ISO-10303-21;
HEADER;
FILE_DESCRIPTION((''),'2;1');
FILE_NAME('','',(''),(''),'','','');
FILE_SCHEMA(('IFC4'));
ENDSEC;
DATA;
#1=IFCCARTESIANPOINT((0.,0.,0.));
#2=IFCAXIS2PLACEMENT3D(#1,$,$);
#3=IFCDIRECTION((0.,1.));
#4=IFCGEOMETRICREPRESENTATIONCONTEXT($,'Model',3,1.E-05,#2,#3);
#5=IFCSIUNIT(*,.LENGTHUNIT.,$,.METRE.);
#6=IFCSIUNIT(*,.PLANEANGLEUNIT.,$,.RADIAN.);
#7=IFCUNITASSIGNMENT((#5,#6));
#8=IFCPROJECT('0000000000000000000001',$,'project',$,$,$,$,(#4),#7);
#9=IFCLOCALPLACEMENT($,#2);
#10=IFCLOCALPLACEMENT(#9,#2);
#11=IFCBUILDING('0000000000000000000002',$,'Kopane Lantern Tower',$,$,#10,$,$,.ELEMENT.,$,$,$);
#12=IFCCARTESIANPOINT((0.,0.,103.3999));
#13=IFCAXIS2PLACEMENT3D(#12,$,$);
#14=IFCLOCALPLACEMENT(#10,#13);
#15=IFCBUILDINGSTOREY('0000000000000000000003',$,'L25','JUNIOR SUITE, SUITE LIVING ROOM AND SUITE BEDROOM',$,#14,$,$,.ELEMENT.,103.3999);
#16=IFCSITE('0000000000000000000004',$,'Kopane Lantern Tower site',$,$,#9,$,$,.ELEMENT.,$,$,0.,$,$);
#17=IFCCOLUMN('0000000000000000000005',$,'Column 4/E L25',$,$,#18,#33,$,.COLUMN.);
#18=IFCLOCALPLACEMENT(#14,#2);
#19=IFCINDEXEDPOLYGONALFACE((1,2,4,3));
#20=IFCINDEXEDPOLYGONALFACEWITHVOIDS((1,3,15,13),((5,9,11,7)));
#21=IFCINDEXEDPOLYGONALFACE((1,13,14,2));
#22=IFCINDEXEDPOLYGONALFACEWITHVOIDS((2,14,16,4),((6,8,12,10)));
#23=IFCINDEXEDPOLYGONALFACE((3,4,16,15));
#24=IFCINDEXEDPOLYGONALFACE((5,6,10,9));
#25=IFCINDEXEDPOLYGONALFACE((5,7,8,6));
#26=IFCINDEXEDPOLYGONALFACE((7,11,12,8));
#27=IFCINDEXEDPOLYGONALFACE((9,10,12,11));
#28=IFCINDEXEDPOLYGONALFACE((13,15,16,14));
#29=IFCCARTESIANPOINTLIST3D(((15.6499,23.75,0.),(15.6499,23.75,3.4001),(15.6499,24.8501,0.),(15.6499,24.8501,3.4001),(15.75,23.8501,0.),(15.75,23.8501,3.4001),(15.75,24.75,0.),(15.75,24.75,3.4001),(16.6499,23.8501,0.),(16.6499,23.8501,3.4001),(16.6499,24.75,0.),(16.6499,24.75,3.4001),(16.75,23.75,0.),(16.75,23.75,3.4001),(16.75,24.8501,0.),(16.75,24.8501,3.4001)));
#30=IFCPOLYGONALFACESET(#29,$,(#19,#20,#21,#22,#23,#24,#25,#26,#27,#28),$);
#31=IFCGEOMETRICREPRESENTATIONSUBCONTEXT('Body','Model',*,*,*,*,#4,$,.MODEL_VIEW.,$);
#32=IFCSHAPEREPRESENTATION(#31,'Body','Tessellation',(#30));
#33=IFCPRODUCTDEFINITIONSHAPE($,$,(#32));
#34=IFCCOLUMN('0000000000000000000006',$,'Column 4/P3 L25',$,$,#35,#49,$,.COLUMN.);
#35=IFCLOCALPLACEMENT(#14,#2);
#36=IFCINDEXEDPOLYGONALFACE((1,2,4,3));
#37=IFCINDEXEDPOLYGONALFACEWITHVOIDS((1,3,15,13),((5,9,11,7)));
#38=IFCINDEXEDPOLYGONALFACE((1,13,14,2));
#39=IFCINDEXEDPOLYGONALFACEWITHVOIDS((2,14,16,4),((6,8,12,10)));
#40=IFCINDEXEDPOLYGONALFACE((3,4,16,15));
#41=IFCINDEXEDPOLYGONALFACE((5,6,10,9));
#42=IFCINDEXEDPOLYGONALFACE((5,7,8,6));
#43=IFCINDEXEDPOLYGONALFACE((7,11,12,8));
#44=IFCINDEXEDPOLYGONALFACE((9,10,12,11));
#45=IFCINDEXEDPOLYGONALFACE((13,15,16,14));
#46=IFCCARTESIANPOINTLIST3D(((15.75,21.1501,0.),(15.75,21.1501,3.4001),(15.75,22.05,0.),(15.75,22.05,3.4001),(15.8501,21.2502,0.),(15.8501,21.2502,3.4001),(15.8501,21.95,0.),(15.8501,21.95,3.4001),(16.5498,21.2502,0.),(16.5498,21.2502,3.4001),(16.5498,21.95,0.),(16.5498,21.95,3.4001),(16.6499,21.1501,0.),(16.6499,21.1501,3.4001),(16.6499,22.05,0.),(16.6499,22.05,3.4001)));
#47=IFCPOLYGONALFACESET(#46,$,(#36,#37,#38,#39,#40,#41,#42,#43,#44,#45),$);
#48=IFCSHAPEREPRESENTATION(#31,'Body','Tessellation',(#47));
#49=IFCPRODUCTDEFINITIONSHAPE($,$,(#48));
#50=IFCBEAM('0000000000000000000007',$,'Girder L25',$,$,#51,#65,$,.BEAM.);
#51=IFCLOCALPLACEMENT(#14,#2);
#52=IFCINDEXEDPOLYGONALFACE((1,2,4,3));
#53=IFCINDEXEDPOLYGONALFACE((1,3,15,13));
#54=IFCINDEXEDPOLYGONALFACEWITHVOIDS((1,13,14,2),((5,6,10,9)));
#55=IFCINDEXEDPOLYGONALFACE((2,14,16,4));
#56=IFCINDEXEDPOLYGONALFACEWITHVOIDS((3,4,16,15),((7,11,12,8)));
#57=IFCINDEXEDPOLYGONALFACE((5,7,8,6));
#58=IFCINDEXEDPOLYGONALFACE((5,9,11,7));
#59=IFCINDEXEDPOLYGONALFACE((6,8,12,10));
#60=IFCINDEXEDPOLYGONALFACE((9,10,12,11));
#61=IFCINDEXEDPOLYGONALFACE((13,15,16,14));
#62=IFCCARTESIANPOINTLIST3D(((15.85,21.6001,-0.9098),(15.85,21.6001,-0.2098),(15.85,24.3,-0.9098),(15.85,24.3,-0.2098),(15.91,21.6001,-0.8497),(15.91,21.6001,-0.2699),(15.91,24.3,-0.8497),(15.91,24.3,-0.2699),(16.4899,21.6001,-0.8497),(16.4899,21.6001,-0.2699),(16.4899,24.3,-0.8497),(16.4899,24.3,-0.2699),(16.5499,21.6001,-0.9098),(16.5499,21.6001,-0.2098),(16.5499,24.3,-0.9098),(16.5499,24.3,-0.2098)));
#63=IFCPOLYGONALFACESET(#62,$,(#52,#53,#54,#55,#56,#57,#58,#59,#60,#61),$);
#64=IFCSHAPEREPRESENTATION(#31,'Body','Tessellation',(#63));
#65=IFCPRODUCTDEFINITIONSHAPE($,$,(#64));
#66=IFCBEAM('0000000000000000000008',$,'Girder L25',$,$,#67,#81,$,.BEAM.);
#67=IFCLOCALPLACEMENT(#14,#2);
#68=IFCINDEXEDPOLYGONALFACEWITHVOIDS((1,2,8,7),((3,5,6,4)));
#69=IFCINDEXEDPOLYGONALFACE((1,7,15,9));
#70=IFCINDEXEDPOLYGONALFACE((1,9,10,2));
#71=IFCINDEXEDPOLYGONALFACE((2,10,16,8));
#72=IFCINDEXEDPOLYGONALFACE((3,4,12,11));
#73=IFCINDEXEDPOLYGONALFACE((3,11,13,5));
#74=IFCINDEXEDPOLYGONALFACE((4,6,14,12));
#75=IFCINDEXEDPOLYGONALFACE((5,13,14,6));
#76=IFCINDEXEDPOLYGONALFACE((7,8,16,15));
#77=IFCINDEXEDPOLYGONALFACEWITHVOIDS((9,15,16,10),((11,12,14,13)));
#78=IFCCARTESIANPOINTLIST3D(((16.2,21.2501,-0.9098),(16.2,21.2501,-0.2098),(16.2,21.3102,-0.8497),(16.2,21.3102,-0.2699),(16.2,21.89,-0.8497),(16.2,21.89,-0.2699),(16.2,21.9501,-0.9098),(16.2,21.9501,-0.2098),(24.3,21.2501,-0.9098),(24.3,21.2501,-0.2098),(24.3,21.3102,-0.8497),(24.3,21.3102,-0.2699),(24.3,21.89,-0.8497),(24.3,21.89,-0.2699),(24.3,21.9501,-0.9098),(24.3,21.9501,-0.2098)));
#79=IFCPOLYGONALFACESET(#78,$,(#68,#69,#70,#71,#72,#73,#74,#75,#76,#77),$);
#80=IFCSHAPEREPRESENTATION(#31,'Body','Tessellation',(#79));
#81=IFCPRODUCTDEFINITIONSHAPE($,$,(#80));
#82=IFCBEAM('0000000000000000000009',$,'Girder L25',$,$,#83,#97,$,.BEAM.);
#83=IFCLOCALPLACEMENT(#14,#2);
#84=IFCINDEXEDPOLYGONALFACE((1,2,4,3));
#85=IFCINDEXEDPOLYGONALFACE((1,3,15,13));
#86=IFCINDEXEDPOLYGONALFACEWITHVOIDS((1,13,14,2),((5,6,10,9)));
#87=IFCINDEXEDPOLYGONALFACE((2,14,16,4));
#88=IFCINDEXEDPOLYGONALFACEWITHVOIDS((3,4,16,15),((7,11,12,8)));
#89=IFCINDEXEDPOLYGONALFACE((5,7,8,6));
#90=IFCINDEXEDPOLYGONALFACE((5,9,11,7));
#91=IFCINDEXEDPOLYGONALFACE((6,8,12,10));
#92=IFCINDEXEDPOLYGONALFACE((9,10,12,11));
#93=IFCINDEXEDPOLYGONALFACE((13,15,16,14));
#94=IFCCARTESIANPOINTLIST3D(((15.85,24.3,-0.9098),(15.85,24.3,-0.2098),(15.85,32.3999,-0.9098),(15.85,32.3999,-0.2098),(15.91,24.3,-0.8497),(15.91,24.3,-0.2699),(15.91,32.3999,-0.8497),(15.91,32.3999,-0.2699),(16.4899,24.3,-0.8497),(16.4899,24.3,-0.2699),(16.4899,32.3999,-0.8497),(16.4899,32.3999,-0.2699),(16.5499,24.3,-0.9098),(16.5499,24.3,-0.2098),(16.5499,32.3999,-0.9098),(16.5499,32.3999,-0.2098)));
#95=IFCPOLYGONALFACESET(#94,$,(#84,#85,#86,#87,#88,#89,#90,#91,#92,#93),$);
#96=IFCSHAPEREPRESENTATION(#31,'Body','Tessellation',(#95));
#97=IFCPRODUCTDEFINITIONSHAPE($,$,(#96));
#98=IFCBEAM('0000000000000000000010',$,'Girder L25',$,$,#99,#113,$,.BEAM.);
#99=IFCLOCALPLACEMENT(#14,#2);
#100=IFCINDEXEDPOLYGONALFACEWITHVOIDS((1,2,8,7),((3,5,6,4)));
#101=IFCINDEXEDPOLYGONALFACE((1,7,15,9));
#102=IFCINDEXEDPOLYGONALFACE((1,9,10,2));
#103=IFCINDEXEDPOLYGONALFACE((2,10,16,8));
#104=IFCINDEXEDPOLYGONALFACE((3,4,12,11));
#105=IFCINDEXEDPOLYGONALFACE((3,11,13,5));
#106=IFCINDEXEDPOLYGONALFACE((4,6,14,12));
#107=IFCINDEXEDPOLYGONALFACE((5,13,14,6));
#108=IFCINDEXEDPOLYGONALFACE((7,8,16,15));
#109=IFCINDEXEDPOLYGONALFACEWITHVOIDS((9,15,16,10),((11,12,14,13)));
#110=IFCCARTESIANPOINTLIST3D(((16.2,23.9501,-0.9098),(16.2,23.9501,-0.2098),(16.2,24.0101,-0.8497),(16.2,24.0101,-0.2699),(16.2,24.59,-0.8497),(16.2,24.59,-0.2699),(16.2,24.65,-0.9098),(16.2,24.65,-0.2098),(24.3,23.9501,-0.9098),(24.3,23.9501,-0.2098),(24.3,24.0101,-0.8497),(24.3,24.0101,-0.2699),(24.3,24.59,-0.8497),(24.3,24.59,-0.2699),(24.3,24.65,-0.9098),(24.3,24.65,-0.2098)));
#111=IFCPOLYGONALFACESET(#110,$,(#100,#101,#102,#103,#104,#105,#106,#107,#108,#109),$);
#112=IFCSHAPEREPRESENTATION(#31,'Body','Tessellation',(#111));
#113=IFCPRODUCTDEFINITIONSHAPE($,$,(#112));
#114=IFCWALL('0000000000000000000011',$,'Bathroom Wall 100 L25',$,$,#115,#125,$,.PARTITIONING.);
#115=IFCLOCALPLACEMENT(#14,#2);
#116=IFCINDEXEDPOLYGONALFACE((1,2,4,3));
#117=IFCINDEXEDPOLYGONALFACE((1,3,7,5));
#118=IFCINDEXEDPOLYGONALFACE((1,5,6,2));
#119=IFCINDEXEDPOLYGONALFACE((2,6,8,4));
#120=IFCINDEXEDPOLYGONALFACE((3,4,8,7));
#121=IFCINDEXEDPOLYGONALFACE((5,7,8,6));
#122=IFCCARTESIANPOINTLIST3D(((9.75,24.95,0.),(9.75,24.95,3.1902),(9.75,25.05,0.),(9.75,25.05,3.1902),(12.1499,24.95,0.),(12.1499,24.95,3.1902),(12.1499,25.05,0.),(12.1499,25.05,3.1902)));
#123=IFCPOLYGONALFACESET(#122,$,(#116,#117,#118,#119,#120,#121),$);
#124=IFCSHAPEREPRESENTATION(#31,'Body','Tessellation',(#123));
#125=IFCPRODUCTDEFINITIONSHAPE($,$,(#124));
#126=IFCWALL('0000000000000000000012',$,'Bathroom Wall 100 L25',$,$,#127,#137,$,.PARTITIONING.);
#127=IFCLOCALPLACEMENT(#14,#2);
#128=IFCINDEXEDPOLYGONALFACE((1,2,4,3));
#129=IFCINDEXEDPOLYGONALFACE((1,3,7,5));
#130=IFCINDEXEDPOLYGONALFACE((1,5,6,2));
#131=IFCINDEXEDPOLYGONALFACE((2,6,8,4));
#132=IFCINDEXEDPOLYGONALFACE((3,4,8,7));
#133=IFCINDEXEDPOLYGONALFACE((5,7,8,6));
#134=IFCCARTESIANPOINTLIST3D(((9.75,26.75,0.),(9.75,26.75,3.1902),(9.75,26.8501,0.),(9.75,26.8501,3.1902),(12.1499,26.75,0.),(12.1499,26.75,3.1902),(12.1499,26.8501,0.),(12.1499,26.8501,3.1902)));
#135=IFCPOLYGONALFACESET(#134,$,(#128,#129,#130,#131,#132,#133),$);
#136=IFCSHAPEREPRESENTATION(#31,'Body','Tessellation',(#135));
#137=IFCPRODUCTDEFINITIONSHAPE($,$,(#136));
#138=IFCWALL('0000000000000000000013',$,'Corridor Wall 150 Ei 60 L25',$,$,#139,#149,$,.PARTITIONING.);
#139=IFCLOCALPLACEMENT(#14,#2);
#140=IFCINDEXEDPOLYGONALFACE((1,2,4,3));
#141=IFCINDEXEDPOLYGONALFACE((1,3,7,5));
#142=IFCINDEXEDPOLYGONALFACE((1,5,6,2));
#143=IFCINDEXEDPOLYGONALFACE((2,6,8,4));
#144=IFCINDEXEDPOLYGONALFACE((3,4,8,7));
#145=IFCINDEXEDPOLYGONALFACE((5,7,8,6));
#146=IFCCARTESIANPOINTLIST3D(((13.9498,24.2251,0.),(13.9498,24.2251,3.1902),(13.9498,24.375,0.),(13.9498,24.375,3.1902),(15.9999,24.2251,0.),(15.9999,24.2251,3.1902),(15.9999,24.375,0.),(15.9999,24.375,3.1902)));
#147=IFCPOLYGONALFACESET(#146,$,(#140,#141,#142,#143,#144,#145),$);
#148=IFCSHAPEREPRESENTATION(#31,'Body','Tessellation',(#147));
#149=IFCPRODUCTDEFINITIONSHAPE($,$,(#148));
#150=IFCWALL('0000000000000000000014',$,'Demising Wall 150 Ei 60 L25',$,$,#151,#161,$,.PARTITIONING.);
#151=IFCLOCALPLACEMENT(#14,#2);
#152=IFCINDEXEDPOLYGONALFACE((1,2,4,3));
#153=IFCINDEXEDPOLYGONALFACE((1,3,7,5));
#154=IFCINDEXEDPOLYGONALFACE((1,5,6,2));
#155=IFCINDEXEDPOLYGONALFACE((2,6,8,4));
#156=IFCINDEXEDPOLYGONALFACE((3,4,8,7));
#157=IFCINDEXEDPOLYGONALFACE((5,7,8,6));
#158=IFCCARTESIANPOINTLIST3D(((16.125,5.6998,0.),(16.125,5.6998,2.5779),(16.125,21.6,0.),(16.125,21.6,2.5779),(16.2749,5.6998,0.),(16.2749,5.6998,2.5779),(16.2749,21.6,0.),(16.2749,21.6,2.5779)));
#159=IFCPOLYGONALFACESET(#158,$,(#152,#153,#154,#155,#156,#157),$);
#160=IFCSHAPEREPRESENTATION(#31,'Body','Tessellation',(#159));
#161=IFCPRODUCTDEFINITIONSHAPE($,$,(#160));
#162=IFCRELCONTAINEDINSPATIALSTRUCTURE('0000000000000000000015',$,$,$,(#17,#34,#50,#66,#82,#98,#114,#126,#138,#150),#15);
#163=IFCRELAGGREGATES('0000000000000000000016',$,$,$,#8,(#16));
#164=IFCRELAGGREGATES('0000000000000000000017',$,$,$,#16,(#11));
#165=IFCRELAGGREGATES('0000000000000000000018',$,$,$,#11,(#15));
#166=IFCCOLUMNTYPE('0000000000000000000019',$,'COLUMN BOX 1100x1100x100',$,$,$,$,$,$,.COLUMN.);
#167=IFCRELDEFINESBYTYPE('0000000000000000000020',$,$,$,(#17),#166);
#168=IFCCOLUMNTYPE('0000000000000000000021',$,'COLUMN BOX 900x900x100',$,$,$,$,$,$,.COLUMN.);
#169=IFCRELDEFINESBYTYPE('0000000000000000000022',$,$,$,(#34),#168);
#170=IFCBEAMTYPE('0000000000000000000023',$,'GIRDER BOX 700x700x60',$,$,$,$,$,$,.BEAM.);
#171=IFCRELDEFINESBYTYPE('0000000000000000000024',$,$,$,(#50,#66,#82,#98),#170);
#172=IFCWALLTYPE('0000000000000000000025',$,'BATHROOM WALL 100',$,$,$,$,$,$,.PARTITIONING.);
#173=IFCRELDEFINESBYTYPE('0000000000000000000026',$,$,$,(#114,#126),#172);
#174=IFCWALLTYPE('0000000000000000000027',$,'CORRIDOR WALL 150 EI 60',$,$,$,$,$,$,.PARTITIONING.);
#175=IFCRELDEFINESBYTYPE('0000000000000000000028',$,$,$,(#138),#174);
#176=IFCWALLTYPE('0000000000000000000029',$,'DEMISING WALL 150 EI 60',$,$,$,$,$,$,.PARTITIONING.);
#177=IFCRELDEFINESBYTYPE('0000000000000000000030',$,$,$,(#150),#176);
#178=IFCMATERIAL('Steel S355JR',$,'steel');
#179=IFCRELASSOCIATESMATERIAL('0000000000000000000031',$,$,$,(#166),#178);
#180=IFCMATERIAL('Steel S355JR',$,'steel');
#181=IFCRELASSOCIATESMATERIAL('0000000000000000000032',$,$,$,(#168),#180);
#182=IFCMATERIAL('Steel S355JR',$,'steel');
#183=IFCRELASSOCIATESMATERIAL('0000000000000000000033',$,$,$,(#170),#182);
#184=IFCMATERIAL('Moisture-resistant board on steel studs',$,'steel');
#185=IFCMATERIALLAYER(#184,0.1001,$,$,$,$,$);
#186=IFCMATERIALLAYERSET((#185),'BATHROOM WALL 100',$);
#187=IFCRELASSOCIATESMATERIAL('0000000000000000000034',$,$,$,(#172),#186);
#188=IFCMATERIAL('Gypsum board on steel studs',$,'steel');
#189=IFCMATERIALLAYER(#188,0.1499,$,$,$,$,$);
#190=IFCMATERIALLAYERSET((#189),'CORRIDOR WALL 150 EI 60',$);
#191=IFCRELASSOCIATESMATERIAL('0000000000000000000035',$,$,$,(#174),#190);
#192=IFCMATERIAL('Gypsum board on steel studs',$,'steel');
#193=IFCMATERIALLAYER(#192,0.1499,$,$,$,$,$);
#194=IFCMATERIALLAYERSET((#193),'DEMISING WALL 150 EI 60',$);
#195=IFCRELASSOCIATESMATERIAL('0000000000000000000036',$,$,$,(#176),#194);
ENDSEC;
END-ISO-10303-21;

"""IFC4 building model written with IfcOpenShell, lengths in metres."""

from ifc_helpers import new_model, si_unit, direction, frame, frame_2d, origin, origin_2d, place, context, subcontext, project, spatial, rectangle, hollow_rectangle, extrude, material, layer, layer_set, material_profile, profile_set, type_object, element, save


model = new_model("IFC4")

# Units and contexts
model_context = context("Model", 3, precision=1e-05, world=origin(), true_north=direction((0.0, 1.0)))
body_context = subcontext(model_context, "Body", "Model", "MODEL_VIEW")
ifc_project = project(units=[si_unit("LENGTHUNIT", "METRE"), si_unit("PLANEANGLEUNIT", "RADIAN")], contexts=[model_context])

# Site, building, storey
site_placement = place(None, origin())
site = spatial("IfcSite", under=ifc_project, at=site_placement, Name="Kopane Lantern Tower site", CompositionType="ELEMENT", RefElevation=0.0)
building_placement = place(site_placement, origin())
building = spatial("IfcBuilding", under=site, at=building_placement, Name="Kopane Lantern Tower", CompositionType="ELEMENT")
storey_placement = place(building_placement, frame((0.0, 0.0, 103.3999)))
storey = spatial("IfcBuildingStorey", under=building, at=storey_placement, Name="L25", Description="JUNIOR SUITE, SUITE LIVING ROOM AND SUITE BEDROOM", CompositionType="ELEMENT", Elevation=103.3999)

# Columns
ifc_material_1 = material(Name="Steel S355JR", Category="steel")
ifc_material_profile_1 = material_profile(ifc_material_1, hollow_rectangle(XDim=1.1001, YDim=1.1001, WallThickness=0.1001, at=origin_2d()), Name="BOX 1100x1100x100")
ifc_profile_set_1 = profile_set([ifc_material_profile_1], Name="Steel S355JR")
column_type_1 = type_object("IfcColumnType", Name="COLUMN BOX 1100x1100x100", PredefinedType="COLUMN", material=ifc_profile_set_1)
column_1_placement = place(storey_placement, frame((16.2, 24.3, 0.0), z_axis=(0.0, 0.0, 1.0), x_axis=(1.0, 0.0, 0.0)))
element("IfcColumn", 1, at=column_1_placement, inside=storey, type_object=column_type_1, Name="Column 4/E L25", PredefinedType="COLUMN", context=body_context, shape_type="SweptSolid", body=[
    extrude(hollow_rectangle(XDim=1.1001, YDim=1.1001, WallThickness=0.1001, at=origin_2d()), origin(), (0.0, 0.0, 1.0), 3.4001),
])
ifc_material_2 = material(Name="Steel S355JR", Category="steel")
ifc_material_profile_2 = material_profile(ifc_material_2, hollow_rectangle(XDim=0.8999, YDim=0.8999, WallThickness=0.1001, at=origin_2d()), Name="BOX 900x900x100")
ifc_profile_set_2 = profile_set([ifc_material_profile_2], Name="Steel S355JR")
column_type_2 = type_object("IfcColumnType", Name="COLUMN BOX 900x900x100", PredefinedType="COLUMN", material=ifc_profile_set_2)
column_2_placement = place(storey_placement, frame((16.2, 21.6001, 0.0), z_axis=(0.0, 0.0, 1.0), x_axis=(1.0, 0.0, 0.0)))
element("IfcColumn", 2, at=column_2_placement, inside=storey, type_object=column_type_2, Name="Column 4/P3 L25", PredefinedType="COLUMN", context=body_context, shape_type="SweptSolid", body=[
    extrude(hollow_rectangle(XDim=0.8999, YDim=0.8999, WallThickness=0.1001, at=origin_2d()), origin(), (0.0, 0.0, 1.0), 3.4001),
])

# Beams
ifc_material_3 = material(Name="Steel S355JR", Category="steel")
ifc_material_profile_3 = material_profile(ifc_material_3, hollow_rectangle(XDim=0.7, YDim=0.7, WallThickness=0.0601, at=origin_2d()), Name="BOX 700x700x60")
ifc_profile_set_3 = profile_set([ifc_material_profile_3], Name="Steel S355JR")
beam_type = type_object("IfcBeamType", Name="GIRDER BOX 700x700x60", PredefinedType="BEAM", material=ifc_profile_set_3)
beam_1_placement = place(storey_placement, frame((16.2, 21.6001, -0.5598), z_axis=(0.0, 1.0, 0.0), x_axis=(-1.0, 0.0, 0.0)))
element("IfcBeam", 3, at=beam_1_placement, inside=storey, type_object=beam_type, Name="Girder L25", PredefinedType="BEAM", context=body_context, shape_type="SweptSolid", body=[
    extrude(hollow_rectangle(XDim=0.7, YDim=0.7, WallThickness=0.0601, at=origin_2d()), origin(), (0.0, 0.0, 1.0), 2.7),
])
beam_2_placement = place(storey_placement, frame((16.2, 21.6001, -0.5598), z_axis=(1.0, 0.0, 0.0), x_axis=(0.0, 1.0, 0.0)))
element("IfcBeam", 4, at=beam_2_placement, inside=storey, type_object=beam_type, Name="Girder L25", PredefinedType="BEAM", context=body_context, shape_type="SweptSolid", body=[
    extrude(hollow_rectangle(XDim=0.7, YDim=0.7, WallThickness=0.0601, at=origin_2d()), origin(), (0.0, 0.0, 1.0), 8.1001),
])
beam_3_placement = place(storey_placement, frame((16.2, 24.3, -0.5598), z_axis=(0.0, 1.0, 0.0), x_axis=(-1.0, 0.0, 0.0)))
element("IfcBeam", 5, at=beam_3_placement, inside=storey, type_object=beam_type, Name="Girder L25", PredefinedType="BEAM", context=body_context, shape_type="SweptSolid", body=[
    extrude(hollow_rectangle(XDim=0.7, YDim=0.7, WallThickness=0.0601, at=origin_2d()), origin(), (0.0, 0.0, 1.0), 8.0999),
])
beam_4_placement = place(storey_placement, frame((16.2, 24.3, -0.5598), z_axis=(1.0, 0.0, 0.0), x_axis=(0.0, 1.0, 0.0)))
element("IfcBeam", 6, at=beam_4_placement, inside=storey, type_object=beam_type, Name="Girder L25", PredefinedType="BEAM", context=body_context, shape_type="SweptSolid", body=[
    extrude(hollow_rectangle(XDim=0.7, YDim=0.7, WallThickness=0.0601, at=origin_2d()), origin(), (0.0, 0.0, 1.0), 8.1001),
])

# Walls
ifc_material_4 = material(Name="Moisture-resistant board on steel studs", Category="steel")
ifc_layer_1 = layer(ifc_material_4, 0.1001)
ifc_layer_set_1 = layer_set([ifc_layer_1], Name="BATHROOM WALL 100")
wall_type_1 = type_object("IfcWallType", Name="BATHROOM WALL 100", PredefinedType="PARTITIONING", material=ifc_layer_set_1)
for number, where, z_axis, x_axis, name in (
    (7, (12.1499, 25.0, 0.0), (0.0, 0.0, 1.0), (-1.0, 0.0, 0.0), "Bathroom Wall 100 L25"),
    (8, (12.1499, 26.8, 0.0), (0.0, 0.0, 1.0), (-1.0, 0.0, 0.0), "Bathroom Wall 100 L25"),
):
    element("IfcWall", number, at=place(storey_placement, frame(where, z_axis=z_axis, x_axis=x_axis)), inside=storey, type_object=wall_type_1, Name=name, PredefinedType="PARTITIONING", context=body_context, shape_type="SweptSolid", body=[
        extrude(rectangle(XDim=2.3999, YDim=0.1001, at=frame_2d((1.2, 0.0))), origin(), (0.0, 0.0, 1.0), 3.1902),
    ])

# Walls
ifc_material_5 = material(Name="Gypsum board on steel studs", Category="steel")
ifc_layer_2 = layer(ifc_material_5, 0.1499)
ifc_layer_set_2 = layer_set([ifc_layer_2], Name="CORRIDOR WALL 150 EI 60")
wall_type_2 = type_object("IfcWallType", Name="CORRIDOR WALL 150 EI 60", PredefinedType="PARTITIONING", material=ifc_layer_set_2)
wall_1_placement = place(storey_placement, frame((13.95, 24.3, 0.0), z_axis=(0.0, 0.0, 1.0), x_axis=(1.0, 0.0, 0.0)))
element("IfcWall", 9, at=wall_1_placement, inside=storey, type_object=wall_type_2, Name="Corridor Wall 150 Ei 60 L25", PredefinedType="PARTITIONING", context=body_context, shape_type="SweptSolid", body=[
    extrude(rectangle(XDim=2.05, YDim=0.1499, at=frame_2d((1.0249, 0.0))), origin(), (0.0, 0.0, 1.0), 3.1902),
])
ifc_material_6 = material(Name="Gypsum board on steel studs", Category="steel")
ifc_layer_3 = layer(ifc_material_6, 0.1499)
ifc_layer_set_3 = layer_set([ifc_layer_3], Name="DEMISING WALL 150 EI 60")
wall_type_3 = type_object("IfcWallType", Name="DEMISING WALL 150 EI 60", PredefinedType="PARTITIONING", material=ifc_layer_set_3)
wall_2_placement = place(storey_placement, frame((16.2, 21.6001, 0.0), z_axis=(0.0, 0.0, 1.0), x_axis=(0.0, -1.0, 0.0)))
element("IfcWall", 10, at=wall_2_placement, inside=storey, type_object=wall_type_3, Name="Demising Wall 150 Ei 60 L25", PredefinedType="PARTITIONING", context=body_context, shape_type="SweptSolid", body=[
    extrude(rectangle(XDim=15.9001, YDim=0.1499, at=frame_2d((7.9502, 0.0))), origin(), (0.0, 0.0, 1.0), 2.5779),
])

save(model, "model.ifc")
